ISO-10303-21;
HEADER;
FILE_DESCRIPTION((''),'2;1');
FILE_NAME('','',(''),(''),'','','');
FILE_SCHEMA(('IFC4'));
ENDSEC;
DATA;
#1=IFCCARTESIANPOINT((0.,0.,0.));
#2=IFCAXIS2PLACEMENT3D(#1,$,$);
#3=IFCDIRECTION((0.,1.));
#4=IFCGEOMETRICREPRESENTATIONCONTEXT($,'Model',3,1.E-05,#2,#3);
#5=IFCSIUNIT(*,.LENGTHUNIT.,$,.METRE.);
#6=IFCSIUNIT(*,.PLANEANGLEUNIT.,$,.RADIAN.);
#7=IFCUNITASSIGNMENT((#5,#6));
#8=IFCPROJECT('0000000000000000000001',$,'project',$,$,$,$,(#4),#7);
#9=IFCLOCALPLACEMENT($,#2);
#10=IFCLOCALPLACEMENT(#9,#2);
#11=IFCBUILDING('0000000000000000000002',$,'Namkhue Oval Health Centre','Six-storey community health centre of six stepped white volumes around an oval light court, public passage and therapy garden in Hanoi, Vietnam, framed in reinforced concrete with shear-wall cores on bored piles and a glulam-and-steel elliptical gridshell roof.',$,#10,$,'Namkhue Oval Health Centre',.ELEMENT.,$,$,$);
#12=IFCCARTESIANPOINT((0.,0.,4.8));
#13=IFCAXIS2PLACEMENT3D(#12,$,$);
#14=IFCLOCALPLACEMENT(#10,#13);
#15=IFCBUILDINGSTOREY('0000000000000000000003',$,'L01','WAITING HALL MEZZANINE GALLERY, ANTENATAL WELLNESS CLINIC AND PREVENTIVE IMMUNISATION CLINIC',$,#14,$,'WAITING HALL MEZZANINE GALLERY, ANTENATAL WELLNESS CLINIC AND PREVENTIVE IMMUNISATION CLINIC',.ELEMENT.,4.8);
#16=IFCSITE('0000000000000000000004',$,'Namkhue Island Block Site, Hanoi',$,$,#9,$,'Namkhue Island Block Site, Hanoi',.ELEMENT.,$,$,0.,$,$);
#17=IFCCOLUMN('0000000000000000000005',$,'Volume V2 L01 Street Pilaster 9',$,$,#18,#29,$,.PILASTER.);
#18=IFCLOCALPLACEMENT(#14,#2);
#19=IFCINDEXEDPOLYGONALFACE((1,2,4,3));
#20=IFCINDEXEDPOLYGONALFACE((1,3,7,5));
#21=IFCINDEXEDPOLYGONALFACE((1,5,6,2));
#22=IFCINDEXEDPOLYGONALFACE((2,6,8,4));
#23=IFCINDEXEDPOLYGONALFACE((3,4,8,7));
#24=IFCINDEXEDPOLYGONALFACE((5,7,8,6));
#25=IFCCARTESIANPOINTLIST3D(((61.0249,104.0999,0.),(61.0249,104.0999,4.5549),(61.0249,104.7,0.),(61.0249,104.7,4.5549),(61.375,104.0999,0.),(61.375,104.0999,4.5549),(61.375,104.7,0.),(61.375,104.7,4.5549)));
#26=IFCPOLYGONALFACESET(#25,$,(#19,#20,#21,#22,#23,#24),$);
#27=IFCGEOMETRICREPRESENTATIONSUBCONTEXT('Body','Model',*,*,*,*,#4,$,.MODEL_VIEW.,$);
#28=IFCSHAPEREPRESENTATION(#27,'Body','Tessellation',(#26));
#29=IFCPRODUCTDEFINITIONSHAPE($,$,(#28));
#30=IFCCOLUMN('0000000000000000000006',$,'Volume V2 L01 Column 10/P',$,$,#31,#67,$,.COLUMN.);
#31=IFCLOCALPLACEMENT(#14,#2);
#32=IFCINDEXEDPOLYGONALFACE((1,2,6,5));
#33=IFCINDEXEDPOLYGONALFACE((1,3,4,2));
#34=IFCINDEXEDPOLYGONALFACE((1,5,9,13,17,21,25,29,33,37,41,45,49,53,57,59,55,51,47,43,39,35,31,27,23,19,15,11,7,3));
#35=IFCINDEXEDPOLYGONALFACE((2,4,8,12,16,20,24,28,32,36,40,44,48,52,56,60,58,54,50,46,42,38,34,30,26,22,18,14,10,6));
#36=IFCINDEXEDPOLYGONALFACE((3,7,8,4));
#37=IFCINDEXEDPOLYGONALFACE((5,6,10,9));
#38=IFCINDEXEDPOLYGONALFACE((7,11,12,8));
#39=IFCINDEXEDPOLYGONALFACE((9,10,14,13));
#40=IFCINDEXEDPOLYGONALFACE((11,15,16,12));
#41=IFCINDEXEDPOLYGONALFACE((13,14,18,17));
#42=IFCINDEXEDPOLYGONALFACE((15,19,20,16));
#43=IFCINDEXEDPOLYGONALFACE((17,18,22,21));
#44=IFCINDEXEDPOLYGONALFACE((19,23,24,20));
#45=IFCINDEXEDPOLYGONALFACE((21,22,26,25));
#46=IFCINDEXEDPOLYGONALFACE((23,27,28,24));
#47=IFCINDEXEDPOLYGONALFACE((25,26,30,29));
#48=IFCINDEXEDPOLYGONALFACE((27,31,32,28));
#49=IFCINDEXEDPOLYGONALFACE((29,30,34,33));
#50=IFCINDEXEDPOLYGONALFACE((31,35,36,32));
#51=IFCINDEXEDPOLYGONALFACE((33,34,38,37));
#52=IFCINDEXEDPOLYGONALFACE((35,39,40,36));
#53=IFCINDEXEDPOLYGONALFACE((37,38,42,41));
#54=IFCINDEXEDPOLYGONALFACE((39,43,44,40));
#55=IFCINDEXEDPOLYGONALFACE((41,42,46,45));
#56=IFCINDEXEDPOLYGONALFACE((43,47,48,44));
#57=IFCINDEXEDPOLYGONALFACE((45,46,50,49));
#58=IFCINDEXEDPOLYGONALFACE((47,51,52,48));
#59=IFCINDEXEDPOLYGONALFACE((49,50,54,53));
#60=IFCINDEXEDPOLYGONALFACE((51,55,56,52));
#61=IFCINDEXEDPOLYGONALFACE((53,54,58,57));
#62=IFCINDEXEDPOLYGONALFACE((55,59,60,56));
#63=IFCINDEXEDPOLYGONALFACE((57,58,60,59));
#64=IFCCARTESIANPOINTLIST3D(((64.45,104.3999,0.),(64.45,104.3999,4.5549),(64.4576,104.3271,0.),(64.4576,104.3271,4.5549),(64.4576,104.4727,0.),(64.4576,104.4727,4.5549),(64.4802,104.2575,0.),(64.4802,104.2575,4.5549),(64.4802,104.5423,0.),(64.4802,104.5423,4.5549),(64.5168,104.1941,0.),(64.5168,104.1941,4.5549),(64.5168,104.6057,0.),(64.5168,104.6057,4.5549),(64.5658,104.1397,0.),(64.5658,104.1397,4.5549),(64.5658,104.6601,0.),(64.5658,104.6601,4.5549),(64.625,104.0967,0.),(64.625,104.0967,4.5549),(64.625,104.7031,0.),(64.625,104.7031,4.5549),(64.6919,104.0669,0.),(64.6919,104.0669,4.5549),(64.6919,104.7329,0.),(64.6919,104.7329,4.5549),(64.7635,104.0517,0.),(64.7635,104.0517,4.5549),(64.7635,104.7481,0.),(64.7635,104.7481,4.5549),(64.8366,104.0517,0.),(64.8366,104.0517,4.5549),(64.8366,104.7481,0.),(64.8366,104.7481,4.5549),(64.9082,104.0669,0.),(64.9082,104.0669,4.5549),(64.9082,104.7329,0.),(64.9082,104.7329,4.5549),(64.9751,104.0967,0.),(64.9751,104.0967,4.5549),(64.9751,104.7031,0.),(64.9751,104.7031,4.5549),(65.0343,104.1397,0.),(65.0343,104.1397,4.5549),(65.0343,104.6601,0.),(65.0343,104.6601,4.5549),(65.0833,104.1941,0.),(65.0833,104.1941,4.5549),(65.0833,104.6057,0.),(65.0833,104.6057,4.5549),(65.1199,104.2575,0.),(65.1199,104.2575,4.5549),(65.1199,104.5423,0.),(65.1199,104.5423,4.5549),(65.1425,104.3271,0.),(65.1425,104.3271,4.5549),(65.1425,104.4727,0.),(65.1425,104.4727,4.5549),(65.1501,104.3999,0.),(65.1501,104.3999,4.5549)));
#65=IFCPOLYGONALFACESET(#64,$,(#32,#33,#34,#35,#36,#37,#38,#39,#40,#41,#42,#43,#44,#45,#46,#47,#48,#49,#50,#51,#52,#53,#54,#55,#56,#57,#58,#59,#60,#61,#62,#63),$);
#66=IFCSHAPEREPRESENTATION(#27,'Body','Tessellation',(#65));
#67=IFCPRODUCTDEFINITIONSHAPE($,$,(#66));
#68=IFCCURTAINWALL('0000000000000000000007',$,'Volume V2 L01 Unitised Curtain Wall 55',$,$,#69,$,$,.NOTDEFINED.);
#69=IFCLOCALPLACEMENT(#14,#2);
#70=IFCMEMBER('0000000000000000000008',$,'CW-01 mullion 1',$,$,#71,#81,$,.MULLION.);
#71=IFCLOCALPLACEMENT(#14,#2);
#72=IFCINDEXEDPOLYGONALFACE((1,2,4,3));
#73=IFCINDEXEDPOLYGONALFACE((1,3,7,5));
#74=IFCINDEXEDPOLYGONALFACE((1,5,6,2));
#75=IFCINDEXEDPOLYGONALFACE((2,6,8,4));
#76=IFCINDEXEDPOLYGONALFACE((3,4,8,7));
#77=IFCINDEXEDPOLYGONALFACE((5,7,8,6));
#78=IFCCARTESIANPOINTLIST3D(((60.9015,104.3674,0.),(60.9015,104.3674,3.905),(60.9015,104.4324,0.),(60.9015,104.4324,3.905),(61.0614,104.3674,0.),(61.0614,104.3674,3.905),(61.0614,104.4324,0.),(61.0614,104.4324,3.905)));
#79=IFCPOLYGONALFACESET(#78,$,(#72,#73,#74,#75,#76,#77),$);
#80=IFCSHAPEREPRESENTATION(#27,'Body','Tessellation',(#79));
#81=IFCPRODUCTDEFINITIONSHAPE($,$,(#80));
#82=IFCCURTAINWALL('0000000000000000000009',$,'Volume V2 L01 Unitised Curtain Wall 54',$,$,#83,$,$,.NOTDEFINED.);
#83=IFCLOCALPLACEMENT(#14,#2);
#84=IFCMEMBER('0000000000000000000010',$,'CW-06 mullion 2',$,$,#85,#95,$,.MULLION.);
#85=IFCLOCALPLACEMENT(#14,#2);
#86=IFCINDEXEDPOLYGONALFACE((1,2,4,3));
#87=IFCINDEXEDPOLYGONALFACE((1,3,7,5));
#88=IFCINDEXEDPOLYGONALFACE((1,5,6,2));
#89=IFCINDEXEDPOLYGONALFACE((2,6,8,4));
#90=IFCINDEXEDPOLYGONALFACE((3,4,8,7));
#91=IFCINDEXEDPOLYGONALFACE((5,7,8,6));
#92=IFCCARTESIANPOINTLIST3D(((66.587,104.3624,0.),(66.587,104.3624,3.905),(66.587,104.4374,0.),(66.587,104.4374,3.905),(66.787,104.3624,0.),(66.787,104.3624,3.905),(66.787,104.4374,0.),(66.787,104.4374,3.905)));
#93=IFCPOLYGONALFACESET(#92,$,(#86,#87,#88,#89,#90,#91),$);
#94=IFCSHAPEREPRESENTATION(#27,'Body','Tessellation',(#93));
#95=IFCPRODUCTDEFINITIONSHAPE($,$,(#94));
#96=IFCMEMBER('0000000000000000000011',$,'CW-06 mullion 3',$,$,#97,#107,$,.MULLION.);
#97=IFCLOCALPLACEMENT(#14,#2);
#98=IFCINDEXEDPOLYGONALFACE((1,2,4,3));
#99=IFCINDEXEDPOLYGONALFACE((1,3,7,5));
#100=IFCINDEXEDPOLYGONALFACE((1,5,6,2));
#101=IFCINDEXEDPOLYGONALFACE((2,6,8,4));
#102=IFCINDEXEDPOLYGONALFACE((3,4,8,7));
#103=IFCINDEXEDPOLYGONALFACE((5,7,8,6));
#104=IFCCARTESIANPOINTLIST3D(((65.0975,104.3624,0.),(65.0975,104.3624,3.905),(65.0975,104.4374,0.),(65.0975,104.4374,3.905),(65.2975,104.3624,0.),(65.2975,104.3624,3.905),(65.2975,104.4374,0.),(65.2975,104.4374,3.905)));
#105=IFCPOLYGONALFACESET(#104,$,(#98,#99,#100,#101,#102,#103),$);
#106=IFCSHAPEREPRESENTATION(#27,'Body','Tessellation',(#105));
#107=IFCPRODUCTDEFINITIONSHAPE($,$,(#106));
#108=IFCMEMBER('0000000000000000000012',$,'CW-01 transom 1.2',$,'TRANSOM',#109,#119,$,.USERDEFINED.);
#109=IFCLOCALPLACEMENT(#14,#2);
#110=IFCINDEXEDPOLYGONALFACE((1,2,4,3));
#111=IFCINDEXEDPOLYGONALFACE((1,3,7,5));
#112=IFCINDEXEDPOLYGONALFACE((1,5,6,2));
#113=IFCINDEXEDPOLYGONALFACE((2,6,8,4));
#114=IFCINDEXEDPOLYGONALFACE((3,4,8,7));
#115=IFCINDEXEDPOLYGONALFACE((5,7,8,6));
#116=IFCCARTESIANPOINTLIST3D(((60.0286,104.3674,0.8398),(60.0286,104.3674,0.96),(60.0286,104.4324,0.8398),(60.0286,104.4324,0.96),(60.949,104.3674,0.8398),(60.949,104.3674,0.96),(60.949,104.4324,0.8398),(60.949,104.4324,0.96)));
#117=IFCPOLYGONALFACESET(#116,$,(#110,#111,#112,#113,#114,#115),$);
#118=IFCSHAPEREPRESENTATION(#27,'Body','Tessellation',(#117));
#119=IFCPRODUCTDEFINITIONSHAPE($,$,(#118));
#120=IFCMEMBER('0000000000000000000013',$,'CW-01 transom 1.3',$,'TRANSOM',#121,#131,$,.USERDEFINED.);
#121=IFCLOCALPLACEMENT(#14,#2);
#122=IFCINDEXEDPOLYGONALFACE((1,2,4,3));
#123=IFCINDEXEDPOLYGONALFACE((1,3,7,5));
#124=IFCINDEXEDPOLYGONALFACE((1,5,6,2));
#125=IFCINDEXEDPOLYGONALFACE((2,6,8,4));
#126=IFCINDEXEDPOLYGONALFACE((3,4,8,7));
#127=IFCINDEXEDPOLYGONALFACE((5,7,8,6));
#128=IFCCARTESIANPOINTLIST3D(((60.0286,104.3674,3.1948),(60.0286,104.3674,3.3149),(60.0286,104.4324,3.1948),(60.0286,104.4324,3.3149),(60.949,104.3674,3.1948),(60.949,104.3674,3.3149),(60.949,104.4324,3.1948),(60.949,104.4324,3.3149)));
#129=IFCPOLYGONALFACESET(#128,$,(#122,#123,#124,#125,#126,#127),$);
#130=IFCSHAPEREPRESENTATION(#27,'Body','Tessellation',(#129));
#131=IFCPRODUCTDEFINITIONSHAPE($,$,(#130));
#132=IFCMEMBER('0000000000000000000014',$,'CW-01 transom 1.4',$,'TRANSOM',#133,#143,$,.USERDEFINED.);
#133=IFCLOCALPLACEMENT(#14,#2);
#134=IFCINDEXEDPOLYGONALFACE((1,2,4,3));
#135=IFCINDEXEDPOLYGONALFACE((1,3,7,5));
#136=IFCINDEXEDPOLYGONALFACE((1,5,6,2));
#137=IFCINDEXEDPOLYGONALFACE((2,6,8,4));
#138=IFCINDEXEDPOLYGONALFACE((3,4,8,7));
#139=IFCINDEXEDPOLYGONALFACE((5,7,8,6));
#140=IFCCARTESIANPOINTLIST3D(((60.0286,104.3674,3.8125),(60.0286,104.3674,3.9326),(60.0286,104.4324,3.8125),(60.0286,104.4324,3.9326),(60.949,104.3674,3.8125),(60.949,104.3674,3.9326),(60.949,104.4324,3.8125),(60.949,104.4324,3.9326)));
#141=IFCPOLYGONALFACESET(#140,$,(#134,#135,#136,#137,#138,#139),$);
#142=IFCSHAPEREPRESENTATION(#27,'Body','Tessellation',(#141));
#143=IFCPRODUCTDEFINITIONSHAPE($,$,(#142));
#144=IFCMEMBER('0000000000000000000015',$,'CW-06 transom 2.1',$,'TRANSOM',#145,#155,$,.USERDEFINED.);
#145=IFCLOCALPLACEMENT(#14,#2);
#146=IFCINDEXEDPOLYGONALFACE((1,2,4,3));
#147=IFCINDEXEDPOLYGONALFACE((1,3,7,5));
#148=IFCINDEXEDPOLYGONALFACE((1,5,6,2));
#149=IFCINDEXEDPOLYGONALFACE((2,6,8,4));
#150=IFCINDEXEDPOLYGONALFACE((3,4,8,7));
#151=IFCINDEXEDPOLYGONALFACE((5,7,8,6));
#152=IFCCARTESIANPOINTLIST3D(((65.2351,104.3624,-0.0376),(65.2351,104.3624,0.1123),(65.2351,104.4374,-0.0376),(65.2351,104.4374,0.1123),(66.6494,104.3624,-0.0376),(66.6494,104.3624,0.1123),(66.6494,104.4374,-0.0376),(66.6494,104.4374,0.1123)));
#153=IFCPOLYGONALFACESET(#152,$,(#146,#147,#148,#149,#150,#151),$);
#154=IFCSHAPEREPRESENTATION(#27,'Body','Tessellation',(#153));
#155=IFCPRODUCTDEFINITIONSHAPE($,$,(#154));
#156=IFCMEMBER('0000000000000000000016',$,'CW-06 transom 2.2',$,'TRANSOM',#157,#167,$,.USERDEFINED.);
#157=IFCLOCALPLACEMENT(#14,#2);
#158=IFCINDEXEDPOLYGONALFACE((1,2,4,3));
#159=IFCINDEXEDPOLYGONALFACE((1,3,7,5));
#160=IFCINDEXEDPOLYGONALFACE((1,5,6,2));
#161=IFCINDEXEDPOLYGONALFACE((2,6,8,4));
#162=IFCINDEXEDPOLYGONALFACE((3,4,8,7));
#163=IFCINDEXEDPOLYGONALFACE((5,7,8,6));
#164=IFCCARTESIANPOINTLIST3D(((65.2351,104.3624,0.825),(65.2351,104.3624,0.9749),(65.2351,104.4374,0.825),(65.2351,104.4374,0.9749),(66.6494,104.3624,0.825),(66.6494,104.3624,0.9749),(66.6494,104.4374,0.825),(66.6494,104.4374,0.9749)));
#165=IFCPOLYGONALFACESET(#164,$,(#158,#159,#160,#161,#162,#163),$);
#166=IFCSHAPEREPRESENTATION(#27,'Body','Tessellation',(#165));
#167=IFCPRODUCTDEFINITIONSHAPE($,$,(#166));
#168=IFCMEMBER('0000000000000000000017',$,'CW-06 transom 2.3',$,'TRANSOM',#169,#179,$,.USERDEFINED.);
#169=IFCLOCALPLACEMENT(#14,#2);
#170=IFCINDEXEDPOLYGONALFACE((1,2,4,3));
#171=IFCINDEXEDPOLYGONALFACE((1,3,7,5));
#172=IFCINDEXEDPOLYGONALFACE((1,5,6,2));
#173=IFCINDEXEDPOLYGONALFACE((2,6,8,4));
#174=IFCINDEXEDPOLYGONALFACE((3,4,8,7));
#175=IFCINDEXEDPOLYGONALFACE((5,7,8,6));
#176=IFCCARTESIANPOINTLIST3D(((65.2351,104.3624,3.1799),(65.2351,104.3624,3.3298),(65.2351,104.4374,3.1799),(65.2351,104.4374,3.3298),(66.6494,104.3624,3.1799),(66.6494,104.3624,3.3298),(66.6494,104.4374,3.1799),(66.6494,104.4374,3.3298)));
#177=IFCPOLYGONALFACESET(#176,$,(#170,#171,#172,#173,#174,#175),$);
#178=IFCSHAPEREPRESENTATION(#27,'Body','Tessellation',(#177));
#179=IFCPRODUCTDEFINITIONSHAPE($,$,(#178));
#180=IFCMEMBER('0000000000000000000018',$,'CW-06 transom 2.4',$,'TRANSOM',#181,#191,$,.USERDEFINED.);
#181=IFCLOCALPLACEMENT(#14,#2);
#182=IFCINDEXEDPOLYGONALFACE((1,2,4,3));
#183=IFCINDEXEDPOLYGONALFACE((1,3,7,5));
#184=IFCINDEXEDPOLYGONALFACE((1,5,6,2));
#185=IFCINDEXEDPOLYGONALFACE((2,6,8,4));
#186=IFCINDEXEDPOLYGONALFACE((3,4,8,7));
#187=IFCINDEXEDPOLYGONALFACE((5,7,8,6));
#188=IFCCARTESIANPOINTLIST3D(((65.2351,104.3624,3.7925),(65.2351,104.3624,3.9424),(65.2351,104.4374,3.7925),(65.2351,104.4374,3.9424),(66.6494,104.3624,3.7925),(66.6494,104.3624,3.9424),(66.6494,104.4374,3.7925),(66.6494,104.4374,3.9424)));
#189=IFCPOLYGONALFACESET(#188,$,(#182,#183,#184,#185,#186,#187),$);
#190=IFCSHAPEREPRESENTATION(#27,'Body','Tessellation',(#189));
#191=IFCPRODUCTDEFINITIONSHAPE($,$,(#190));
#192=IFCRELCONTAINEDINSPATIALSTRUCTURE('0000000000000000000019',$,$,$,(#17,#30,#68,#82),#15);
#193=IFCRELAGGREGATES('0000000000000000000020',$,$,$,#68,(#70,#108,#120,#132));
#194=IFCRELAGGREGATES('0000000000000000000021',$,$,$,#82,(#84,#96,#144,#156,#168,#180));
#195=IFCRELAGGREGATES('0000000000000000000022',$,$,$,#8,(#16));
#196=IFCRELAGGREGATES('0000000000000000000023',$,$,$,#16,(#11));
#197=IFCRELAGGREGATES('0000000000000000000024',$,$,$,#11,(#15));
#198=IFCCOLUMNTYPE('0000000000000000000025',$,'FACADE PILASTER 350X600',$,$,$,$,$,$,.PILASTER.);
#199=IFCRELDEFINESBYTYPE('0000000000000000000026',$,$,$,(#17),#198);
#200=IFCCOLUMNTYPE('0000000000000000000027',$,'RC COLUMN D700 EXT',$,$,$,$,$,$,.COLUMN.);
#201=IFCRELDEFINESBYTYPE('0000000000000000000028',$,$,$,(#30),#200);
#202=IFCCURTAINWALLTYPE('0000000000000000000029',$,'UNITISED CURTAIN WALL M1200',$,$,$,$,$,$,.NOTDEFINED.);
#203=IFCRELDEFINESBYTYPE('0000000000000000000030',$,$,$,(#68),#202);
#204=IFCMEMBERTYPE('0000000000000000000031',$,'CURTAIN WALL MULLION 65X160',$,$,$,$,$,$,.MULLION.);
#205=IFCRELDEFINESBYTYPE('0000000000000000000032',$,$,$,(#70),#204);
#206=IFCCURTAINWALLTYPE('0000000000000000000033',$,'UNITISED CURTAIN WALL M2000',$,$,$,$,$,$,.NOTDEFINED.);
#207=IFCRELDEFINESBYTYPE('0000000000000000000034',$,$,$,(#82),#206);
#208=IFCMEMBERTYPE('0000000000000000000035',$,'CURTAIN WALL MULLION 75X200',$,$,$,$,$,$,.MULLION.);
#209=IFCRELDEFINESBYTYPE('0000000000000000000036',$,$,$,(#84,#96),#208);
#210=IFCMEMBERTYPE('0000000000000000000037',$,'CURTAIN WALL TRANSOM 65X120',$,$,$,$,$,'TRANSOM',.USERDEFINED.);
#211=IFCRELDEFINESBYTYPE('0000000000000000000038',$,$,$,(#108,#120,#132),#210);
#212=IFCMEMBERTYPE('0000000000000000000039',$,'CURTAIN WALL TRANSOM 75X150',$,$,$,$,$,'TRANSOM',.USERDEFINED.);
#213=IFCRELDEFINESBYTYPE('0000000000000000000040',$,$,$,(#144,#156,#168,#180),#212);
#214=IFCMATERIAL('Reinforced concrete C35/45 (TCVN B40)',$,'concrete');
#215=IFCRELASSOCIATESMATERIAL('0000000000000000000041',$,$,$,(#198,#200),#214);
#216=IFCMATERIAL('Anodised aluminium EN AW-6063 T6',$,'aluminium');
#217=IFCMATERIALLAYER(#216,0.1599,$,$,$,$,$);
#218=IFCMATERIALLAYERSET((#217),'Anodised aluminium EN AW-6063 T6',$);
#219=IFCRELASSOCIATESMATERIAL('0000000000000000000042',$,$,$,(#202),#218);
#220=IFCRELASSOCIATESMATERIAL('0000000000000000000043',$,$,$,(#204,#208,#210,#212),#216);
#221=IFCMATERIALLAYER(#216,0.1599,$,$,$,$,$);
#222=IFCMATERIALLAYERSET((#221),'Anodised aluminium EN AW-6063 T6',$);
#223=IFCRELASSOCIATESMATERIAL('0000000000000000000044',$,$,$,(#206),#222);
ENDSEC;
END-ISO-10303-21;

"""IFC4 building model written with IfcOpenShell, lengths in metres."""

from ifc_helpers import new_model, si_unit, direction, frame, origin, origin_2d, place, context, subcontext, project, spatial, rectangle, circle, extrude, material, layer, layer_set, material_profile, profile_set, type_object, element, aggregate, save


model = new_model("IFC4")

# Units and contexts
model_context = context("Model", 3, precision=1e-05, world=origin(), true_north=direction((0.0, 1.0)))
body_context = subcontext(model_context, "Body", "Model", "MODEL_VIEW")
ifc_project = project(units=[si_unit("LENGTHUNIT", "METRE"), si_unit("PLANEANGLEUNIT", "RADIAN")], contexts=[model_context])

# Site, building, storey
site_placement = place(None, origin())
site = spatial("IfcSite", under=ifc_project, at=site_placement, Name="Namkhue Island Block Site, Hanoi", LongName="Namkhue Island Block Site, Hanoi", CompositionType="ELEMENT", RefElevation=0.0)
building_placement = place(site_placement, origin())
building = spatial("IfcBuilding", under=site, at=building_placement, Name="Namkhue Oval Health Centre", Description="Six-storey community health centre of six stepped white volumes around an oval light court, public passage and therapy garden in Hanoi, Vietnam, framed in reinforced concrete with shear-wall cores on bored piles and a glulam-and-steel elliptical gridshell roof.", LongName="Namkhue Oval Health Centre", CompositionType="ELEMENT")
storey_placement = place(building_placement, frame((0.0, 0.0, 4.8)))
storey = spatial("IfcBuildingStorey", under=building, at=storey_placement, Name="L01", Description="WAITING HALL MEZZANINE GALLERY, ANTENATAL WELLNESS CLINIC AND PREVENTIVE IMMUNISATION CLINIC", LongName="WAITING HALL MEZZANINE GALLERY, ANTENATAL WELLNESS CLINIC AND PREVENTIVE IMMUNISATION CLINIC", CompositionType="ELEMENT", Elevation=4.8)

# Columns
ifc_material_1 = material(Name="Reinforced concrete C35/45 (TCVN B40)", Category="concrete")
ifc_material_profile_1 = material_profile(ifc_material_1, rectangle(XDim=0.3501, YDim=0.6001, at=origin_2d()), Name="RC 350x600")
ifc_profile_set_1 = profile_set([ifc_material_profile_1], Name="Reinforced concrete C35/45 (TCVN B40)")
column_type_1 = type_object("IfcColumnType", Name="FACADE PILASTER 350X600", PredefinedType="PILASTER", material=ifc_profile_set_1)
column_1_placement = place(storey_placement, frame((61.2, 104.3999, 0.0), z_axis=(0.0, 0.0, 1.0), x_axis=(1.0, 0.0, 0.0)))
element("IfcColumn", 1, at=column_1_placement, inside=storey, type_object=column_type_1, Name="Volume V2 L01 Street Pilaster 9", PredefinedType="PILASTER", context=body_context, shape_type="SweptSolid", body=[
    extrude(rectangle(XDim=0.3501, YDim=0.6001, at=origin_2d()), origin(), (0.0, 0.0, 1.0), 4.5549),
])
ifc_material_profile_2 = material_profile(ifc_material_1, circle(Radius=0.3501, at=origin_2d()), Name="RC D700")
ifc_profile_set_2 = profile_set([ifc_material_profile_2], Name="Reinforced concrete C35/45 (TCVN B40)")
column_type_2 = type_object("IfcColumnType", Name="RC COLUMN D700 EXT", PredefinedType="COLUMN", material=ifc_profile_set_2)
column_2_placement = place(storey_placement, frame((64.8, 104.3999, 0.0), z_axis=(0.0, 0.0, 1.0), x_axis=(1.0, 0.0, 0.0)))
element("IfcColumn", 2, at=column_2_placement, inside=storey, type_object=column_type_2, Name="Volume V2 L01 Column 10/P", PredefinedType="COLUMN", context=body_context, shape_type="SweptSolid", body=[
    extrude(circle(Radius=0.3501, at=origin_2d()), origin(), (0.0, 0.0, 1.0), 4.5549),
])

# Curtain wall, member
ifc_material_2 = material(Name="Anodised aluminium EN AW-6063 T6", Category="aluminium")
ifc_layer_1 = layer(ifc_material_2, 0.1599)
ifc_layer_set_1 = layer_set([ifc_layer_1], Name="Anodised aluminium EN AW-6063 T6")
curtain_wall_type_1 = type_object("IfcCurtainWallType", Name="UNITISED CURTAIN WALL M1200", PredefinedType="NOTDEFINED", material=ifc_layer_set_1)
curtain_wall_1_placement = place(storey_placement, origin())
curtain_wall_1 = element("IfcCurtainWall", 3, at=curtain_wall_1_placement, inside=storey, type_object=curtain_wall_type_1, Name="Volume V2 L01 Unitised Curtain Wall 55", PredefinedType="NOTDEFINED")
ifc_material_profile_3 = material_profile(ifc_material_2, rectangle(XDim=0.0649, YDim=0.1599, at=origin_2d()), Name="ALU 65x160")
ifc_profile_set_3 = profile_set([ifc_material_profile_3], Name="Anodised aluminium EN AW-6063 T6")
member_type_1 = type_object("IfcMemberType", Name="CURTAIN WALL MULLION 65X160", PredefinedType="MULLION", material=ifc_profile_set_3)
member_1_placement = place(storey_placement, frame((60.9814, 104.3999, 0.0), z_axis=(0.0, 0.0, 1.0), x_axis=(0.0, -1.0, 0.0)))
member_1 = element("IfcMember", 4, at=member_1_placement, type_object=member_type_1, Name="CW-01 mullion 1", PredefinedType="MULLION", context=body_context, shape_type="SweptSolid", body=[
    extrude(rectangle(XDim=0.0649, YDim=0.1599, at=origin_2d()), origin(), (0.0, 0.0, 1.0), 3.905),
])

# Curtain wall, members
ifc_layer_2 = layer(ifc_material_2, 0.1599)
ifc_layer_set_2 = layer_set([ifc_layer_2], Name="Anodised aluminium EN AW-6063 T6")
curtain_wall_type_2 = type_object("IfcCurtainWallType", Name="UNITISED CURTAIN WALL M2000", PredefinedType="NOTDEFINED", material=ifc_layer_set_2)
curtain_wall_2_placement = place(storey_placement, origin())
curtain_wall_2 = element("IfcCurtainWall", 5, at=curtain_wall_2_placement, inside=storey, type_object=curtain_wall_type_2, Name="Volume V2 L01 Unitised Curtain Wall 54", PredefinedType="NOTDEFINED")
ifc_material_profile_4 = material_profile(ifc_material_2, rectangle(XDim=0.075, YDim=0.2, at=origin_2d()), Name="ALU 75x200")
ifc_profile_set_4 = profile_set([ifc_material_profile_4], Name="Anodised aluminium EN AW-6063 T6")
member_type_2 = type_object("IfcMemberType", Name="CURTAIN WALL MULLION 75X200", PredefinedType="MULLION", material=ifc_profile_set_4)
member_2_placement = place(storey_placement, frame((66.687, 104.3999, 0.0), z_axis=(0.0, 0.0, 1.0), x_axis=(0.0, -1.0, 0.0)))
member_2 = element("IfcMember", 6, at=member_2_placement, type_object=member_type_2, Name="CW-06 mullion 2", PredefinedType="MULLION", context=body_context, shape_type="SweptSolid", body=[
    extrude(rectangle(XDim=0.075, YDim=0.2, at=origin_2d()), origin(), (0.0, 0.0, 1.0), 3.905),
])
member_3_placement = place(storey_placement, frame((65.1975, 104.3999, 0.0), z_axis=(0.0, 0.0, 1.0), x_axis=(0.0, -1.0, 0.0)))
member_3 = element("IfcMember", 7, at=member_3_placement, type_object=member_type_2, Name="CW-06 mullion 3", PredefinedType="MULLION", context=body_context, shape_type="SweptSolid", body=[
    extrude(rectangle(XDim=0.075, YDim=0.2, at=origin_2d()), origin(), (0.0, 0.0, 1.0), 3.905),
])

# Members
ifc_material_profile_5 = material_profile(ifc_material_2, rectangle(XDim=0.0649, YDim=0.1201, at=origin_2d()), Name="ALU 65x120")
ifc_profile_set_5 = profile_set([ifc_material_profile_5], Name="Anodised aluminium EN AW-6063 T6")
member_type_3 = type_object("IfcMemberType", Name="CURTAIN WALL TRANSOM 65X120", ElementType="TRANSOM", PredefinedType="USERDEFINED", material=ifc_profile_set_5)
member_4_placement = place(storey_placement, frame((60.949, 104.3999, 0.8999), z_axis=(-1.0, 0.0, 0.0), x_axis=(0.0, -1.0, 0.0)))
member_4 = element("IfcMember", 8, at=member_4_placement, type_object=member_type_3, Name="CW-01 transom 1.2", ObjectType="TRANSOM", PredefinedType="USERDEFINED", context=body_context, shape_type="SweptSolid", body=[
    extrude(rectangle(XDim=0.0649, YDim=0.1201, at=origin_2d()), origin(), (0.0, 0.0, 1.0), 0.9204),
])
member_5_placement = place(storey_placement, frame((60.949, 104.3999, 3.2549), z_axis=(-1.0, 0.0, 0.0), x_axis=(0.0, -1.0, 0.0)))
member_5 = element("IfcMember", 9, at=member_5_placement, type_object=member_type_3, Name="CW-01 transom 1.3", ObjectType="TRANSOM", PredefinedType="USERDEFINED", context=body_context, shape_type="SweptSolid", body=[
    extrude(rectangle(XDim=0.0649, YDim=0.1201, at=origin_2d()), origin(), (0.0, 0.0, 1.0), 0.9204),
])
member_6_placement = place(storey_placement, frame((60.949, 104.3999, 3.8726), z_axis=(-1.0, 0.0, 0.0), x_axis=(0.0, -1.0, 0.0)))
member_6 = element("IfcMember", 10, at=member_6_placement, type_object=member_type_3, Name="CW-01 transom 1.4", ObjectType="TRANSOM", PredefinedType="USERDEFINED", context=body_context, shape_type="SweptSolid", body=[
    extrude(rectangle(XDim=0.0649, YDim=0.1201, at=origin_2d()), origin(), (0.0, 0.0, 1.0), 0.9204),
])
aggregate(curtain_wall_1, [member_1, member_4, member_5, member_6])
ifc_material_profile_6 = material_profile(ifc_material_2, rectangle(XDim=0.075, YDim=0.1499, at=origin_2d()), Name="ALU 75x150")
ifc_profile_set_6 = profile_set([ifc_material_profile_6], Name="Anodised aluminium EN AW-6063 T6")
member_type_4 = type_object("IfcMemberType", Name="CURTAIN WALL TRANSOM 75X150", ElementType="TRANSOM", PredefinedType="USERDEFINED", material=ifc_profile_set_6)
member_7_placement = place(storey_placement, frame((66.6494, 104.3999, 0.0374), z_axis=(-1.0, 0.0, 0.0), x_axis=(0.0, -1.0, 0.0)))
member_7 = element("IfcMember", 11, at=member_7_placement, type_object=member_type_4, Name="CW-06 transom 2.1", ObjectType="TRANSOM", PredefinedType="USERDEFINED", context=body_context, shape_type="SweptSolid", body=[
    extrude(rectangle(XDim=0.075, YDim=0.1499, at=origin_2d()), origin(), (0.0, 0.0, 1.0), 1.4143),
])
member_8_placement = place(storey_placement, frame((66.6494, 104.3999, 0.8999), z_axis=(-1.0, 0.0, 0.0), x_axis=(0.0, -1.0, 0.0)))
member_8 = element("IfcMember", 12, at=member_8_placement, type_object=member_type_4, Name="CW-06 transom 2.2", ObjectType="TRANSOM", PredefinedType="USERDEFINED", context=body_context, shape_type="SweptSolid", body=[
    extrude(rectangle(XDim=0.075, YDim=0.1499, at=origin_2d()), origin(), (0.0, 0.0, 1.0), 1.4143),
])
member_9_placement = place(storey_placement, frame((66.6494, 104.3999, 3.2549), z_axis=(-1.0, 0.0, 0.0), x_axis=(0.0, -1.0, 0.0)))
member_9 = element("IfcMember", 13, at=member_9_placement, type_object=member_type_4, Name="CW-06 transom 2.3", ObjectType="TRANSOM", PredefinedType="USERDEFINED", context=body_context, shape_type="SweptSolid", body=[
    extrude(rectangle(XDim=0.075, YDim=0.1499, at=origin_2d()), origin(), (0.0, 0.0, 1.0), 1.4143),
])
member_10_placement = place(storey_placement, frame((66.6494, 104.3999, 3.8674), z_axis=(-1.0, 0.0, 0.0), x_axis=(0.0, -1.0, 0.0)))
member_10 = element("IfcMember", 14, at=member_10_placement, type_object=member_type_4, Name="CW-06 transom 2.4", ObjectType="TRANSOM", PredefinedType="USERDEFINED", context=body_context, shape_type="SweptSolid", body=[
    extrude(rectangle(XDim=0.075, YDim=0.1499, at=origin_2d()), origin(), (0.0, 0.0, 1.0), 1.4143),
])

aggregate(curtain_wall_2, [member_2, member_3, member_7, member_8, member_9, member_10])

save(model, "model.ifc")
